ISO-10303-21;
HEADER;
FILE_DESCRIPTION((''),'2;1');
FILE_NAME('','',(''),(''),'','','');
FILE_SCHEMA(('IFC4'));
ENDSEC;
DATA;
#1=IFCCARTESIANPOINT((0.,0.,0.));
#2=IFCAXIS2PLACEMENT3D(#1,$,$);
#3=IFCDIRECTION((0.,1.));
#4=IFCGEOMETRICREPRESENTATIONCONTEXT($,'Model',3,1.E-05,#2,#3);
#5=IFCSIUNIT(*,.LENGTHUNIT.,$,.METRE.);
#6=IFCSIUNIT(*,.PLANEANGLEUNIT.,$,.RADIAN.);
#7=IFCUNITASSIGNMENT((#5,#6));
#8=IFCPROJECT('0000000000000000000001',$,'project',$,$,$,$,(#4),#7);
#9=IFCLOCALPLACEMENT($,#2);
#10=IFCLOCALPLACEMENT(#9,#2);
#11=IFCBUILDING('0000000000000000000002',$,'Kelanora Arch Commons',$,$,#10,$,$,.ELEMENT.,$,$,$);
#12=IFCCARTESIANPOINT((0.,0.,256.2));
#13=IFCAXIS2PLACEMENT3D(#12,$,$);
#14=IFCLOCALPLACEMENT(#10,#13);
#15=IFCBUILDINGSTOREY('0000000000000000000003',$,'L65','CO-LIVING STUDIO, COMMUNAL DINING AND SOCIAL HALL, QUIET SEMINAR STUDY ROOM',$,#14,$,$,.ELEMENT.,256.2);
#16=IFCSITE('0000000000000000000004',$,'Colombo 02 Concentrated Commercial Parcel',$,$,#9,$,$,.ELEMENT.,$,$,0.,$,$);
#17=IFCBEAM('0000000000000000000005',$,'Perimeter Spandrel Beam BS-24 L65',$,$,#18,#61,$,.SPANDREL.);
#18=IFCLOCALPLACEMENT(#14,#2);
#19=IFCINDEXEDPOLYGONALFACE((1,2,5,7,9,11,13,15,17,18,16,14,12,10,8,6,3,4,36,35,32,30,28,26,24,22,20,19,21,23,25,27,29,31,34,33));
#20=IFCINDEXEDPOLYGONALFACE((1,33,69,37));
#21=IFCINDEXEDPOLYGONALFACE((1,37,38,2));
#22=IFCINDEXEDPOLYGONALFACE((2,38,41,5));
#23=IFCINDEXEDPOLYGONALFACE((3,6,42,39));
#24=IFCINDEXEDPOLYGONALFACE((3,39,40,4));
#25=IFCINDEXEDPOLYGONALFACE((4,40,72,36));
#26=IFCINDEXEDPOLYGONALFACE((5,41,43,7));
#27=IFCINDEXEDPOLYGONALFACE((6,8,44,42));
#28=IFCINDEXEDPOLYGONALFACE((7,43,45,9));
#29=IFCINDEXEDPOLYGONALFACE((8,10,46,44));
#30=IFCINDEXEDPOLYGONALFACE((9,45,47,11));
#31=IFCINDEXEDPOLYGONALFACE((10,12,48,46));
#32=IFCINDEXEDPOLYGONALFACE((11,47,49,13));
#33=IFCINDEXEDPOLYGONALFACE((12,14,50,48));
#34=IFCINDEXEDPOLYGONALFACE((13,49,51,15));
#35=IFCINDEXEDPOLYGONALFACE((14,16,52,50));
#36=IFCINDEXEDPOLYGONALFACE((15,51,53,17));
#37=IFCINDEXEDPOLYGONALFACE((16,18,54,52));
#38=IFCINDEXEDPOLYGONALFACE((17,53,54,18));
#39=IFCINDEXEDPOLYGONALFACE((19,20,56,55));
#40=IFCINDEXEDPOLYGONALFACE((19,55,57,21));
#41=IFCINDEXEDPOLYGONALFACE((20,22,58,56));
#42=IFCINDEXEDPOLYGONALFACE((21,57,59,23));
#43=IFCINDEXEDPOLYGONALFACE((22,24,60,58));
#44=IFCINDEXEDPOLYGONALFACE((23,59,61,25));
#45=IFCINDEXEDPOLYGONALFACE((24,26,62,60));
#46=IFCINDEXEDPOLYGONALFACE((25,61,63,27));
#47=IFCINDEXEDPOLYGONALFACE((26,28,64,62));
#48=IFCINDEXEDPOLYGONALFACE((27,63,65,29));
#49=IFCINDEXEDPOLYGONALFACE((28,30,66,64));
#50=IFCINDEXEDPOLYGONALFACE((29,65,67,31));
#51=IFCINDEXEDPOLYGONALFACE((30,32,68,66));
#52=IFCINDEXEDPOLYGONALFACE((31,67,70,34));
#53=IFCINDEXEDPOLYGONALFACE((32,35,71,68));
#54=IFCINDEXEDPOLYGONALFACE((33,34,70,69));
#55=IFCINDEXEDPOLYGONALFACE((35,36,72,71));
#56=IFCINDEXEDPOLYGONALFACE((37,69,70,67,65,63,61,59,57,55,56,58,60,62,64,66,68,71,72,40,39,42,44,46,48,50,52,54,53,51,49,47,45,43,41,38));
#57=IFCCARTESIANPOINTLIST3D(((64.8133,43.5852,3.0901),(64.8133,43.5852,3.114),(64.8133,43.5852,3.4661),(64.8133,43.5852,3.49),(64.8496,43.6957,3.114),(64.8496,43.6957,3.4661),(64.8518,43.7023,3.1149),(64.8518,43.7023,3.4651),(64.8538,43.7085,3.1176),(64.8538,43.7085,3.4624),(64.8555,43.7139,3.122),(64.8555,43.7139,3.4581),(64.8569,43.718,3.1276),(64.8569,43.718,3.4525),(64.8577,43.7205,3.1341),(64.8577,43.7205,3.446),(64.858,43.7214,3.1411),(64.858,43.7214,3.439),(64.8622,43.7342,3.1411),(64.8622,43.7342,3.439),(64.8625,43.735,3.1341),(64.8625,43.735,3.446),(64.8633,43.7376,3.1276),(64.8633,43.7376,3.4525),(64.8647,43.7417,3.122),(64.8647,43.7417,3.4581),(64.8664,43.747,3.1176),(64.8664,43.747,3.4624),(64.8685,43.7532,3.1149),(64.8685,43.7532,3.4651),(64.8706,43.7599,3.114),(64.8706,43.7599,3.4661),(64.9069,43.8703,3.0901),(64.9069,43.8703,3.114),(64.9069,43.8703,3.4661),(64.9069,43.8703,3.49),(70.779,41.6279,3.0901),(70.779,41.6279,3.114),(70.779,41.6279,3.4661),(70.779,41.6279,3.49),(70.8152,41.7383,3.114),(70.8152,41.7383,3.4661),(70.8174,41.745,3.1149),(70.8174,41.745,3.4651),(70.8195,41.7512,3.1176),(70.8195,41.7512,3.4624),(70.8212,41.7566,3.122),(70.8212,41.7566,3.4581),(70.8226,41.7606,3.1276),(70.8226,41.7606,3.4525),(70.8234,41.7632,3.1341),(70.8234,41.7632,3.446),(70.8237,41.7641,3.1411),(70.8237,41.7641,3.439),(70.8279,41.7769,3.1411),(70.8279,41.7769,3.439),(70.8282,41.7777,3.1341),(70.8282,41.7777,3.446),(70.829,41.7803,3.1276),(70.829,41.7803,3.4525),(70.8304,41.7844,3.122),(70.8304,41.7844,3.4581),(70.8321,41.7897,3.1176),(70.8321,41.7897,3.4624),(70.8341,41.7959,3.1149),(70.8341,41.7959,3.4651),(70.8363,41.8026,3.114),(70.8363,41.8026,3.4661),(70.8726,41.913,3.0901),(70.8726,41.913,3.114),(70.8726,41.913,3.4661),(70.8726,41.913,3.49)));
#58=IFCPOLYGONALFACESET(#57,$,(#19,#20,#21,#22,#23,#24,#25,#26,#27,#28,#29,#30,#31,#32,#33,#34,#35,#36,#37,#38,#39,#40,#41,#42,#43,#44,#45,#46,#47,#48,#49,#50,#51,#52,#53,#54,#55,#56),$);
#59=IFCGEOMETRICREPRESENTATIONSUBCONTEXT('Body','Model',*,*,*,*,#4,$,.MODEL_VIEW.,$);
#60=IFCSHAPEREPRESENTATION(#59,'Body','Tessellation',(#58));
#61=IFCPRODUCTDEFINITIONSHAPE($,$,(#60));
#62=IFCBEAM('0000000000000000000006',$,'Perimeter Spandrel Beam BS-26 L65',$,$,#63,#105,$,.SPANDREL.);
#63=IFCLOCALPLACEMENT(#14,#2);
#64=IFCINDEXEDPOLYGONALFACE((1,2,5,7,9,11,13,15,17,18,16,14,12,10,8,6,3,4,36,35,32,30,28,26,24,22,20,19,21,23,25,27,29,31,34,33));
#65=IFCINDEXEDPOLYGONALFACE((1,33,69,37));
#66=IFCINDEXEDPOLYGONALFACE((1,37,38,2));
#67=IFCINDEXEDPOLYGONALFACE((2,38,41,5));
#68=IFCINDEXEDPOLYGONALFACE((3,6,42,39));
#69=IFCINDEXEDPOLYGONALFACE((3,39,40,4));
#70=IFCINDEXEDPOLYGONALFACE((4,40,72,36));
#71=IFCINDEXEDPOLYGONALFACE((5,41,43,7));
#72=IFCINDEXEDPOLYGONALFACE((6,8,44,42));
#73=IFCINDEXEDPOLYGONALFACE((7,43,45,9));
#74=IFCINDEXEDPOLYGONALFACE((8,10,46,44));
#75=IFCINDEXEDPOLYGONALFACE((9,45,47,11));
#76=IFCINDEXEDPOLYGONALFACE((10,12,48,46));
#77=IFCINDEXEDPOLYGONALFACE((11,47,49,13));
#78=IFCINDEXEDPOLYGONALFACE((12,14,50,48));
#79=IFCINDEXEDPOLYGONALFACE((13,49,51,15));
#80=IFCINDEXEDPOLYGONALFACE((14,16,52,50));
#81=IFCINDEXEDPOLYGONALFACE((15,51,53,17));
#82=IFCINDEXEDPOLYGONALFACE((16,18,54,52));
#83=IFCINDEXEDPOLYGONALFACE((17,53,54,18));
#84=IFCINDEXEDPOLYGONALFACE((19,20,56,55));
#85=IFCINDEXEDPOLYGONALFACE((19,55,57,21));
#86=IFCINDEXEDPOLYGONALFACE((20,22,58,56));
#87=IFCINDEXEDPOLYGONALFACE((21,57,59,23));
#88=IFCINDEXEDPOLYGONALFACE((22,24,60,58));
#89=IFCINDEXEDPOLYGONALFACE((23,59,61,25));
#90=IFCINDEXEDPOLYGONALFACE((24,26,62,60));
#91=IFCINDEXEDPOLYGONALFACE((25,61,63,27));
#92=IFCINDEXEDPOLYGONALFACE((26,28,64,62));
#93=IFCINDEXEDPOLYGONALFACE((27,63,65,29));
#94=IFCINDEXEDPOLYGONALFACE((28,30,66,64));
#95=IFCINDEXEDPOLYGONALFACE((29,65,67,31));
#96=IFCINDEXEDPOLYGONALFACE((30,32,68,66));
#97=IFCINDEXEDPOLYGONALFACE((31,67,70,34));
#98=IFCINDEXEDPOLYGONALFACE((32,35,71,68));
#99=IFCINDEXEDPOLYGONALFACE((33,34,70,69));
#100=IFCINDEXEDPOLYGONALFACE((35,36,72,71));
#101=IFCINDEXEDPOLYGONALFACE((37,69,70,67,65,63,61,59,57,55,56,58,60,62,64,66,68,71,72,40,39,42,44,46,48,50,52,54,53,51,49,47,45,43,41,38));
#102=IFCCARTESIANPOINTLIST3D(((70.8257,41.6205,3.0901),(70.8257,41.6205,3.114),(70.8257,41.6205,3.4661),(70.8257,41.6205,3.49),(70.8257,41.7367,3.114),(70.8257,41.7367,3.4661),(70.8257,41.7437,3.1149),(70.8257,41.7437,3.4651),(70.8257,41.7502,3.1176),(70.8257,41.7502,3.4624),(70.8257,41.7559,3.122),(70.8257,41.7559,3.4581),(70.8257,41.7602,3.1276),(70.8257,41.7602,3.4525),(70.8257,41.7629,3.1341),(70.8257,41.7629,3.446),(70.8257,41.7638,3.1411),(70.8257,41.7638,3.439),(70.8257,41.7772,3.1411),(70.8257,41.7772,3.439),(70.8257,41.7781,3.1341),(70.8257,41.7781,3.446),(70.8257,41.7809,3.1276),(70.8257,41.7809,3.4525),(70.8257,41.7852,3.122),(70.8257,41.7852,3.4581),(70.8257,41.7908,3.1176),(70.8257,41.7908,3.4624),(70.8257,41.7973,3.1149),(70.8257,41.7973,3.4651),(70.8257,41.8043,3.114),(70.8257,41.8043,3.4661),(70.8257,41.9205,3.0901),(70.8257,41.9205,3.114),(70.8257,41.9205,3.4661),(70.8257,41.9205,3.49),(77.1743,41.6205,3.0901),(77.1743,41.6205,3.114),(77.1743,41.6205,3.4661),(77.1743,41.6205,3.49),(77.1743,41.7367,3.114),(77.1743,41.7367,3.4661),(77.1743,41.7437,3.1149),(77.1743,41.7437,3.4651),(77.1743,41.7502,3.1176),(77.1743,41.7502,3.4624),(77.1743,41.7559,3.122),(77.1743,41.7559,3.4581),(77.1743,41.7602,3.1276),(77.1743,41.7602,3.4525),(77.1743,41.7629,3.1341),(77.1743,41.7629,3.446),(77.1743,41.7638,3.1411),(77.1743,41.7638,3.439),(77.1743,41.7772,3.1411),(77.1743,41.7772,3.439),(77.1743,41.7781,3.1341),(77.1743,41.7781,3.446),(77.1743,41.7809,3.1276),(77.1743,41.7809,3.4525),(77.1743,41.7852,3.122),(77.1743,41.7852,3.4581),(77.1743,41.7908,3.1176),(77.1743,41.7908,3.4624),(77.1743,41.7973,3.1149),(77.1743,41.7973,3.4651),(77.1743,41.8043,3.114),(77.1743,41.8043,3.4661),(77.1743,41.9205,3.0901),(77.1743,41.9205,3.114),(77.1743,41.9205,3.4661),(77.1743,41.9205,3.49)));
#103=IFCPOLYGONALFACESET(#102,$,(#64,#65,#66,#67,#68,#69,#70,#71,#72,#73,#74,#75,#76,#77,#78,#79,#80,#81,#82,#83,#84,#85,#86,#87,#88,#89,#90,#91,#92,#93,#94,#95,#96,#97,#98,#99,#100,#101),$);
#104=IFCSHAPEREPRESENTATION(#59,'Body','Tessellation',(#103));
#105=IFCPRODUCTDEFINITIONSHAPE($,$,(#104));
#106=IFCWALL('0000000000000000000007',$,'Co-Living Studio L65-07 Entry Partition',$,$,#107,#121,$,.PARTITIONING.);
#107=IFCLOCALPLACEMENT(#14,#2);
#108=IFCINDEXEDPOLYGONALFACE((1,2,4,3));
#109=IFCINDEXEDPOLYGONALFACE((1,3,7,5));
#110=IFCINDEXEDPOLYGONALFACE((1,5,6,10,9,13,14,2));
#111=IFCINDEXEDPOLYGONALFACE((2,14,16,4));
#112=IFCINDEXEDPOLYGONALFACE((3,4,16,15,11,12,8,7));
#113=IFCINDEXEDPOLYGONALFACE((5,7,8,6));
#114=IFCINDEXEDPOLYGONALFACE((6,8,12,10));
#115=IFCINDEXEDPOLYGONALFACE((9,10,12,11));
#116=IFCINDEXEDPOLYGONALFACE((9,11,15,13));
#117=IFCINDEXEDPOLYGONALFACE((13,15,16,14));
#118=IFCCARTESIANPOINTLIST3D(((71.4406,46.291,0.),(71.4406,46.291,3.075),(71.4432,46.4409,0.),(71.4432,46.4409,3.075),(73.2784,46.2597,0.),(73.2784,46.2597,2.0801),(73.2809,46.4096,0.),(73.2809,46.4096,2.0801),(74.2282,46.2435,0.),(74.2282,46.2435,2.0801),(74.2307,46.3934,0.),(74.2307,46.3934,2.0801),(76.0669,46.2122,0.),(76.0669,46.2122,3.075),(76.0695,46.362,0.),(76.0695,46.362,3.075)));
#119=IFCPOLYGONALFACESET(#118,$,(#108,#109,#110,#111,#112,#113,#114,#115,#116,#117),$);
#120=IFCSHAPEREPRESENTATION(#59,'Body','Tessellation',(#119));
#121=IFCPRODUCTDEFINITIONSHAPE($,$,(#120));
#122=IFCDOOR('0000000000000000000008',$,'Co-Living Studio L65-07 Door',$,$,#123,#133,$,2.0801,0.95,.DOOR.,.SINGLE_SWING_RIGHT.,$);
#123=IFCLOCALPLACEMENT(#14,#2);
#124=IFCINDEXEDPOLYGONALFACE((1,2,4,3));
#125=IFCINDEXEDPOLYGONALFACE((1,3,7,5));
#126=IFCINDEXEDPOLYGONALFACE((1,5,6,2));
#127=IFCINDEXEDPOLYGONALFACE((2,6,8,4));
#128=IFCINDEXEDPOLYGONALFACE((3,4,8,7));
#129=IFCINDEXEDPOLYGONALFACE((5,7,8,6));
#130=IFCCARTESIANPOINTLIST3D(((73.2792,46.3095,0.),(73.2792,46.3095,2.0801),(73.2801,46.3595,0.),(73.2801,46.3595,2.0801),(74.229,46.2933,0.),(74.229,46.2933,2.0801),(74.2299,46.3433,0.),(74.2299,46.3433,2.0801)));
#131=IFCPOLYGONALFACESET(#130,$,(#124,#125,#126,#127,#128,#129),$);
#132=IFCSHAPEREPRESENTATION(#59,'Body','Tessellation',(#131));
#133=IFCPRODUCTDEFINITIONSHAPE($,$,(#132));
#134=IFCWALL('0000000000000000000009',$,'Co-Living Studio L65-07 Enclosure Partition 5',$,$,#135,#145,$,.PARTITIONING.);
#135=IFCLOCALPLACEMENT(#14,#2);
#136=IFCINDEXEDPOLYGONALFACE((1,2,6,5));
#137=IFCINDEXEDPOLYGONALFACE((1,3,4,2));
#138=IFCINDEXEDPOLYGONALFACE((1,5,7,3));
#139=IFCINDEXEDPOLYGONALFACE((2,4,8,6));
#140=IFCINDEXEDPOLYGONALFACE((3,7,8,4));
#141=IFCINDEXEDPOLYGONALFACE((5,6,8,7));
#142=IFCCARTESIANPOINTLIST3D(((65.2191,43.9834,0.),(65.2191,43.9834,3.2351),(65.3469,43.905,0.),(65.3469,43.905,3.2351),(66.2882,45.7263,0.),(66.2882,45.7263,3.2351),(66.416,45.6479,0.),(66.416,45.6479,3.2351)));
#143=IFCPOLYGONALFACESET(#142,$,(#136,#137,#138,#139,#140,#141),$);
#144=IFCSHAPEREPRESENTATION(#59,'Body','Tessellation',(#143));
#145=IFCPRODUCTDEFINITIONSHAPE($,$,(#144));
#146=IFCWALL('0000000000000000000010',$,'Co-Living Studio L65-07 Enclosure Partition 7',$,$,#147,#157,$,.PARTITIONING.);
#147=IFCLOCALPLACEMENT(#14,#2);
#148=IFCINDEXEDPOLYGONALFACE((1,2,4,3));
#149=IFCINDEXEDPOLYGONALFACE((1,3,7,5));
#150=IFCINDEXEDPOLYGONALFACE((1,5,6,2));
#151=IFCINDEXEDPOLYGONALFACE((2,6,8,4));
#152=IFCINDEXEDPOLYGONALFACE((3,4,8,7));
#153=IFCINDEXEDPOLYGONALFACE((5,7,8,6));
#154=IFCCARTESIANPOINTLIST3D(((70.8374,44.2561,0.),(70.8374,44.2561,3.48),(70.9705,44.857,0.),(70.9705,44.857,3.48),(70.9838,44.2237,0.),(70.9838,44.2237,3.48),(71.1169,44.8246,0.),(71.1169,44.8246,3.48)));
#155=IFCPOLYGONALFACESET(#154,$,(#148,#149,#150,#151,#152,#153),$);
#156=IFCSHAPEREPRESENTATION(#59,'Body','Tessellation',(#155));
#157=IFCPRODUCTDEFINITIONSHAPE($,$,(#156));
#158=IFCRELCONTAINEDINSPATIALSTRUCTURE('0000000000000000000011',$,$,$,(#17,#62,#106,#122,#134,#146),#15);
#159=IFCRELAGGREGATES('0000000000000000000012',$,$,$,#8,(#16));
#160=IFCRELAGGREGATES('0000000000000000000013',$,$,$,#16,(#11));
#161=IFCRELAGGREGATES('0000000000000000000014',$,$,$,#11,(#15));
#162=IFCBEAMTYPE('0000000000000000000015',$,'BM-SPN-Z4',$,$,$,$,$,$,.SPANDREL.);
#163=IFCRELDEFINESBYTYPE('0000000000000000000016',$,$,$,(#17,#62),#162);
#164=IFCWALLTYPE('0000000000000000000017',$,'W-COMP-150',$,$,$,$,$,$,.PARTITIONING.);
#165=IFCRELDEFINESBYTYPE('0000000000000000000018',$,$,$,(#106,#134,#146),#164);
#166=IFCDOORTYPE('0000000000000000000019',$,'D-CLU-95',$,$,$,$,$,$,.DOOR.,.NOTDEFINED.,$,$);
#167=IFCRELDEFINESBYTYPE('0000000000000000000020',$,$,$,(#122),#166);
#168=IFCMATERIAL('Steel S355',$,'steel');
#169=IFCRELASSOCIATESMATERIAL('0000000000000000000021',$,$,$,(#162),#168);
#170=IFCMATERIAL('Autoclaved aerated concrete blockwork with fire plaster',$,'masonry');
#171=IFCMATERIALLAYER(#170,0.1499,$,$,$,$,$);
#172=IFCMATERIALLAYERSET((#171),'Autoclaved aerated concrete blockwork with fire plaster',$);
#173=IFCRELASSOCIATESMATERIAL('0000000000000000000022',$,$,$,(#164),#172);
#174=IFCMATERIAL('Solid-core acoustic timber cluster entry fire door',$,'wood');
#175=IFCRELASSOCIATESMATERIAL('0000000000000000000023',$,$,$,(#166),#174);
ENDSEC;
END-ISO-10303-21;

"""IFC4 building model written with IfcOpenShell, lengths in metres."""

from ifc_helpers import new_model, si_unit, direction, frame, frame_2d, origin, origin_2d, place, context, subcontext, project, spatial, rectangle, i_section, extrude, material, layer, layer_set, material_profile, profile_set, type_object, element, fill, save


model = new_model("IFC4")

# Units and contexts
model_context = context("Model", 3, precision=1e-05, world=origin(), true_north=direction((0.0, 1.0)))
body_context = subcontext(model_context, "Body", "Model", "MODEL_VIEW")
ifc_project = project(units=[si_unit("LENGTHUNIT", "METRE"), si_unit("PLANEANGLEUNIT", "RADIAN")], contexts=[model_context])

# Site, building, storey
site_placement = place(None, origin())
site = spatial("IfcSite", under=ifc_project, at=site_placement, Name="Colombo 02 Concentrated Commercial Parcel", CompositionType="ELEMENT", RefElevation=0.0)
building_placement = place(site_placement, origin())
building = spatial("IfcBuilding", under=site, at=building_placement, Name="Kelanora Arch Commons", CompositionType="ELEMENT")
storey_placement = place(building_placement, frame((0.0, 0.0, 256.2)))
storey = spatial("IfcBuildingStorey", under=building, at=storey_placement, Name="L65", Description="CO-LIVING STUDIO, COMMUNAL DINING AND SOCIAL HALL, QUIET SEMINAR STUDY ROOM", CompositionType="ELEMENT", Elevation=256.2)

# Beams
ifc_material_1 = material(Name="Steel S355", Category="steel")
ifc_material_profile_1 = material_profile(ifc_material_1, i_section(OverallWidth=0.3, OverallDepth=0.3999, WebThickness=0.0134, FlangeThickness=0.0239, FilletRadius=0.0271, at=origin_2d()), Name="HEB400")
ifc_profile_set_1 = profile_set([ifc_material_profile_1], Name="Steel S355")
beam_type_1 = type_object("IfcBeamType", Name="BM-SPN-Z4", PredefinedType="SPANDREL", material=ifc_profile_set_1)
beam_1_placement = place(storey_placement, frame((64.8601, 43.7278, 3.29), z_axis=(0.950166, -0.311745, 0.0), x_axis=(0.311745, 0.950166, 0.0)))
element("IfcBeam", 1, at=beam_1_placement, inside=storey, type_object=beam_type_1, Name="Perimeter Spandrel Beam BS-24 L65", PredefinedType="SPANDREL", context=body_context, shape_type="SweptSolid", body=[
    extrude(i_section(OverallWidth=0.3, OverallDepth=0.3999, WebThickness=0.0134, FlangeThickness=0.0239, FilletRadius=0.0271, at=origin_2d()), origin(), (0.0, 0.0, 1.0), 6.2786),
])
beam_2_placement = place(storey_placement, frame((70.8257, 41.7705, 3.29), z_axis=(1.0, 0.0, 0.0), x_axis=(0.0, 1.0, 0.0)))
element("IfcBeam", 2, at=beam_2_placement, inside=storey, type_object=beam_type_1, Name="Perimeter Spandrel Beam BS-26 L65", PredefinedType="SPANDREL", context=body_context, shape_type="SweptSolid", body=[
    extrude(i_section(OverallWidth=0.3, OverallDepth=0.3999, WebThickness=0.0134, FlangeThickness=0.0239, FilletRadius=0.0271, at=origin_2d()), origin(), (0.0, 0.0, 1.0), 6.3486),
])

# Wall, opening, door
ifc_material_2 = material(Name="Autoclaved aerated concrete blockwork with fire plaster", Category="masonry")
ifc_layer_1 = layer(ifc_material_2, 0.1499)
ifc_layer_set_1 = layer_set([ifc_layer_1], Name="Autoclaved aerated concrete blockwork with fire plaster")
wall_type_1 = type_object("IfcWallType", Name="W-COMP-150", PredefinedType="PARTITIONING", material=ifc_layer_set_1)
wall_1_placement = place(storey_placement, frame((71.4419, 46.366, 0.0), z_axis=(0.0, 0.0, 1.0), x_axis=(0.999855, -0.017043, 0.0)))
wall_1 = element("IfcWall", 3, at=wall_1_placement, inside=storey, type_object=wall_type_1, Name="Co-Living Studio L65-07 Entry Partition", PredefinedType="PARTITIONING", context=body_context, shape_type="SweptSolid", body=[
    extrude(rectangle(XDim=4.627, YDim=0.1499, at=frame_2d((2.3135, 0.0))), origin(), (0.0, 0.0, 1.0), 3.075),
])
opening_1_placement = place(wall_1_placement, frame((1.8379, 0.0, 0.0)))
opening_1 = element("IfcOpeningElement", 4, at=opening_1_placement, cuts=wall_1, PredefinedType="OPENING", context=body_context, shape_type="SweptSolid", body=[
    extrude(rectangle(XDim=0.95, YDim=2.0801, at=frame_2d((0.4751, 1.04))), frame((0.0, 0.085, 0.0), z_axis=(0.0, -1.0, 0.0), x_axis=(1.0, 0.0, 0.0)), (0.0, 0.0, 1.0), 0.1699),
])
ifc_material_3 = material(Name="Solid-core acoustic timber cluster entry fire door", Category="wood")
door_type_1 = type_object("IfcDoorType", Name="D-CLU-95", OperationType="NOTDEFINED", PredefinedType="DOOR", material=ifc_material_3)
door_1_placement = place(opening_1_placement, origin())
door_1 = element("IfcDoor", 5, at=door_1_placement, inside=storey, type_object=door_type_1, Name="Co-Living Studio L65-07 Door", OperationType="SINGLE_SWING_RIGHT", OverallHeight=2.0801, OverallWidth=0.95, PredefinedType="DOOR", context=body_context, shape_type="SweptSolid", body=[
    extrude(rectangle(XDim=0.95, YDim=2.0801, at=frame_2d((0.4751, 1.04))), frame((0.0, 0.0249, 0.0), z_axis=(0.0, -1.0, 0.0), x_axis=(1.0, 0.0, 0.0)), (0.0, 0.0, 1.0), 0.05),
])
fill(opening_1, door_1)

# Walls
wall_2_placement = place(storey_placement, frame((65.283, 43.9441, 0.0), z_axis=(0.0, 0.0, 1.0), x_axis=(0.522864, 0.852416, 0.0)))
element("IfcWall", 6, at=wall_2_placement, inside=storey, type_object=wall_type_1, Name="Co-Living Studio L65-07 Enclosure Partition 5", PredefinedType="PARTITIONING", context=body_context, shape_type="SweptSolid", body=[
    extrude(rectangle(XDim=2.0447, YDim=0.1499, at=frame_2d((1.0225, 0.0))), origin(), (0.0, 0.0, 1.0), 3.2351),
])
wall_3_placement = place(storey_placement, frame((70.9106, 44.24, 0.0), z_axis=(0.0, 0.0, 1.0), x_axis=(0.216216, 0.976345, 0.0)))
element("IfcWall", 7, at=wall_3_placement, inside=storey, type_object=wall_type_1, Name="Co-Living Studio L65-07 Enclosure Partition 7", PredefinedType="PARTITIONING", context=body_context, shape_type="SweptSolid", body=[
    extrude(rectangle(XDim=0.6155, YDim=0.1499, at=frame_2d((0.3076, 0.0))), origin(), (0.0, 0.0, 1.0), 3.48),
])

save(model, "model.ifc")
